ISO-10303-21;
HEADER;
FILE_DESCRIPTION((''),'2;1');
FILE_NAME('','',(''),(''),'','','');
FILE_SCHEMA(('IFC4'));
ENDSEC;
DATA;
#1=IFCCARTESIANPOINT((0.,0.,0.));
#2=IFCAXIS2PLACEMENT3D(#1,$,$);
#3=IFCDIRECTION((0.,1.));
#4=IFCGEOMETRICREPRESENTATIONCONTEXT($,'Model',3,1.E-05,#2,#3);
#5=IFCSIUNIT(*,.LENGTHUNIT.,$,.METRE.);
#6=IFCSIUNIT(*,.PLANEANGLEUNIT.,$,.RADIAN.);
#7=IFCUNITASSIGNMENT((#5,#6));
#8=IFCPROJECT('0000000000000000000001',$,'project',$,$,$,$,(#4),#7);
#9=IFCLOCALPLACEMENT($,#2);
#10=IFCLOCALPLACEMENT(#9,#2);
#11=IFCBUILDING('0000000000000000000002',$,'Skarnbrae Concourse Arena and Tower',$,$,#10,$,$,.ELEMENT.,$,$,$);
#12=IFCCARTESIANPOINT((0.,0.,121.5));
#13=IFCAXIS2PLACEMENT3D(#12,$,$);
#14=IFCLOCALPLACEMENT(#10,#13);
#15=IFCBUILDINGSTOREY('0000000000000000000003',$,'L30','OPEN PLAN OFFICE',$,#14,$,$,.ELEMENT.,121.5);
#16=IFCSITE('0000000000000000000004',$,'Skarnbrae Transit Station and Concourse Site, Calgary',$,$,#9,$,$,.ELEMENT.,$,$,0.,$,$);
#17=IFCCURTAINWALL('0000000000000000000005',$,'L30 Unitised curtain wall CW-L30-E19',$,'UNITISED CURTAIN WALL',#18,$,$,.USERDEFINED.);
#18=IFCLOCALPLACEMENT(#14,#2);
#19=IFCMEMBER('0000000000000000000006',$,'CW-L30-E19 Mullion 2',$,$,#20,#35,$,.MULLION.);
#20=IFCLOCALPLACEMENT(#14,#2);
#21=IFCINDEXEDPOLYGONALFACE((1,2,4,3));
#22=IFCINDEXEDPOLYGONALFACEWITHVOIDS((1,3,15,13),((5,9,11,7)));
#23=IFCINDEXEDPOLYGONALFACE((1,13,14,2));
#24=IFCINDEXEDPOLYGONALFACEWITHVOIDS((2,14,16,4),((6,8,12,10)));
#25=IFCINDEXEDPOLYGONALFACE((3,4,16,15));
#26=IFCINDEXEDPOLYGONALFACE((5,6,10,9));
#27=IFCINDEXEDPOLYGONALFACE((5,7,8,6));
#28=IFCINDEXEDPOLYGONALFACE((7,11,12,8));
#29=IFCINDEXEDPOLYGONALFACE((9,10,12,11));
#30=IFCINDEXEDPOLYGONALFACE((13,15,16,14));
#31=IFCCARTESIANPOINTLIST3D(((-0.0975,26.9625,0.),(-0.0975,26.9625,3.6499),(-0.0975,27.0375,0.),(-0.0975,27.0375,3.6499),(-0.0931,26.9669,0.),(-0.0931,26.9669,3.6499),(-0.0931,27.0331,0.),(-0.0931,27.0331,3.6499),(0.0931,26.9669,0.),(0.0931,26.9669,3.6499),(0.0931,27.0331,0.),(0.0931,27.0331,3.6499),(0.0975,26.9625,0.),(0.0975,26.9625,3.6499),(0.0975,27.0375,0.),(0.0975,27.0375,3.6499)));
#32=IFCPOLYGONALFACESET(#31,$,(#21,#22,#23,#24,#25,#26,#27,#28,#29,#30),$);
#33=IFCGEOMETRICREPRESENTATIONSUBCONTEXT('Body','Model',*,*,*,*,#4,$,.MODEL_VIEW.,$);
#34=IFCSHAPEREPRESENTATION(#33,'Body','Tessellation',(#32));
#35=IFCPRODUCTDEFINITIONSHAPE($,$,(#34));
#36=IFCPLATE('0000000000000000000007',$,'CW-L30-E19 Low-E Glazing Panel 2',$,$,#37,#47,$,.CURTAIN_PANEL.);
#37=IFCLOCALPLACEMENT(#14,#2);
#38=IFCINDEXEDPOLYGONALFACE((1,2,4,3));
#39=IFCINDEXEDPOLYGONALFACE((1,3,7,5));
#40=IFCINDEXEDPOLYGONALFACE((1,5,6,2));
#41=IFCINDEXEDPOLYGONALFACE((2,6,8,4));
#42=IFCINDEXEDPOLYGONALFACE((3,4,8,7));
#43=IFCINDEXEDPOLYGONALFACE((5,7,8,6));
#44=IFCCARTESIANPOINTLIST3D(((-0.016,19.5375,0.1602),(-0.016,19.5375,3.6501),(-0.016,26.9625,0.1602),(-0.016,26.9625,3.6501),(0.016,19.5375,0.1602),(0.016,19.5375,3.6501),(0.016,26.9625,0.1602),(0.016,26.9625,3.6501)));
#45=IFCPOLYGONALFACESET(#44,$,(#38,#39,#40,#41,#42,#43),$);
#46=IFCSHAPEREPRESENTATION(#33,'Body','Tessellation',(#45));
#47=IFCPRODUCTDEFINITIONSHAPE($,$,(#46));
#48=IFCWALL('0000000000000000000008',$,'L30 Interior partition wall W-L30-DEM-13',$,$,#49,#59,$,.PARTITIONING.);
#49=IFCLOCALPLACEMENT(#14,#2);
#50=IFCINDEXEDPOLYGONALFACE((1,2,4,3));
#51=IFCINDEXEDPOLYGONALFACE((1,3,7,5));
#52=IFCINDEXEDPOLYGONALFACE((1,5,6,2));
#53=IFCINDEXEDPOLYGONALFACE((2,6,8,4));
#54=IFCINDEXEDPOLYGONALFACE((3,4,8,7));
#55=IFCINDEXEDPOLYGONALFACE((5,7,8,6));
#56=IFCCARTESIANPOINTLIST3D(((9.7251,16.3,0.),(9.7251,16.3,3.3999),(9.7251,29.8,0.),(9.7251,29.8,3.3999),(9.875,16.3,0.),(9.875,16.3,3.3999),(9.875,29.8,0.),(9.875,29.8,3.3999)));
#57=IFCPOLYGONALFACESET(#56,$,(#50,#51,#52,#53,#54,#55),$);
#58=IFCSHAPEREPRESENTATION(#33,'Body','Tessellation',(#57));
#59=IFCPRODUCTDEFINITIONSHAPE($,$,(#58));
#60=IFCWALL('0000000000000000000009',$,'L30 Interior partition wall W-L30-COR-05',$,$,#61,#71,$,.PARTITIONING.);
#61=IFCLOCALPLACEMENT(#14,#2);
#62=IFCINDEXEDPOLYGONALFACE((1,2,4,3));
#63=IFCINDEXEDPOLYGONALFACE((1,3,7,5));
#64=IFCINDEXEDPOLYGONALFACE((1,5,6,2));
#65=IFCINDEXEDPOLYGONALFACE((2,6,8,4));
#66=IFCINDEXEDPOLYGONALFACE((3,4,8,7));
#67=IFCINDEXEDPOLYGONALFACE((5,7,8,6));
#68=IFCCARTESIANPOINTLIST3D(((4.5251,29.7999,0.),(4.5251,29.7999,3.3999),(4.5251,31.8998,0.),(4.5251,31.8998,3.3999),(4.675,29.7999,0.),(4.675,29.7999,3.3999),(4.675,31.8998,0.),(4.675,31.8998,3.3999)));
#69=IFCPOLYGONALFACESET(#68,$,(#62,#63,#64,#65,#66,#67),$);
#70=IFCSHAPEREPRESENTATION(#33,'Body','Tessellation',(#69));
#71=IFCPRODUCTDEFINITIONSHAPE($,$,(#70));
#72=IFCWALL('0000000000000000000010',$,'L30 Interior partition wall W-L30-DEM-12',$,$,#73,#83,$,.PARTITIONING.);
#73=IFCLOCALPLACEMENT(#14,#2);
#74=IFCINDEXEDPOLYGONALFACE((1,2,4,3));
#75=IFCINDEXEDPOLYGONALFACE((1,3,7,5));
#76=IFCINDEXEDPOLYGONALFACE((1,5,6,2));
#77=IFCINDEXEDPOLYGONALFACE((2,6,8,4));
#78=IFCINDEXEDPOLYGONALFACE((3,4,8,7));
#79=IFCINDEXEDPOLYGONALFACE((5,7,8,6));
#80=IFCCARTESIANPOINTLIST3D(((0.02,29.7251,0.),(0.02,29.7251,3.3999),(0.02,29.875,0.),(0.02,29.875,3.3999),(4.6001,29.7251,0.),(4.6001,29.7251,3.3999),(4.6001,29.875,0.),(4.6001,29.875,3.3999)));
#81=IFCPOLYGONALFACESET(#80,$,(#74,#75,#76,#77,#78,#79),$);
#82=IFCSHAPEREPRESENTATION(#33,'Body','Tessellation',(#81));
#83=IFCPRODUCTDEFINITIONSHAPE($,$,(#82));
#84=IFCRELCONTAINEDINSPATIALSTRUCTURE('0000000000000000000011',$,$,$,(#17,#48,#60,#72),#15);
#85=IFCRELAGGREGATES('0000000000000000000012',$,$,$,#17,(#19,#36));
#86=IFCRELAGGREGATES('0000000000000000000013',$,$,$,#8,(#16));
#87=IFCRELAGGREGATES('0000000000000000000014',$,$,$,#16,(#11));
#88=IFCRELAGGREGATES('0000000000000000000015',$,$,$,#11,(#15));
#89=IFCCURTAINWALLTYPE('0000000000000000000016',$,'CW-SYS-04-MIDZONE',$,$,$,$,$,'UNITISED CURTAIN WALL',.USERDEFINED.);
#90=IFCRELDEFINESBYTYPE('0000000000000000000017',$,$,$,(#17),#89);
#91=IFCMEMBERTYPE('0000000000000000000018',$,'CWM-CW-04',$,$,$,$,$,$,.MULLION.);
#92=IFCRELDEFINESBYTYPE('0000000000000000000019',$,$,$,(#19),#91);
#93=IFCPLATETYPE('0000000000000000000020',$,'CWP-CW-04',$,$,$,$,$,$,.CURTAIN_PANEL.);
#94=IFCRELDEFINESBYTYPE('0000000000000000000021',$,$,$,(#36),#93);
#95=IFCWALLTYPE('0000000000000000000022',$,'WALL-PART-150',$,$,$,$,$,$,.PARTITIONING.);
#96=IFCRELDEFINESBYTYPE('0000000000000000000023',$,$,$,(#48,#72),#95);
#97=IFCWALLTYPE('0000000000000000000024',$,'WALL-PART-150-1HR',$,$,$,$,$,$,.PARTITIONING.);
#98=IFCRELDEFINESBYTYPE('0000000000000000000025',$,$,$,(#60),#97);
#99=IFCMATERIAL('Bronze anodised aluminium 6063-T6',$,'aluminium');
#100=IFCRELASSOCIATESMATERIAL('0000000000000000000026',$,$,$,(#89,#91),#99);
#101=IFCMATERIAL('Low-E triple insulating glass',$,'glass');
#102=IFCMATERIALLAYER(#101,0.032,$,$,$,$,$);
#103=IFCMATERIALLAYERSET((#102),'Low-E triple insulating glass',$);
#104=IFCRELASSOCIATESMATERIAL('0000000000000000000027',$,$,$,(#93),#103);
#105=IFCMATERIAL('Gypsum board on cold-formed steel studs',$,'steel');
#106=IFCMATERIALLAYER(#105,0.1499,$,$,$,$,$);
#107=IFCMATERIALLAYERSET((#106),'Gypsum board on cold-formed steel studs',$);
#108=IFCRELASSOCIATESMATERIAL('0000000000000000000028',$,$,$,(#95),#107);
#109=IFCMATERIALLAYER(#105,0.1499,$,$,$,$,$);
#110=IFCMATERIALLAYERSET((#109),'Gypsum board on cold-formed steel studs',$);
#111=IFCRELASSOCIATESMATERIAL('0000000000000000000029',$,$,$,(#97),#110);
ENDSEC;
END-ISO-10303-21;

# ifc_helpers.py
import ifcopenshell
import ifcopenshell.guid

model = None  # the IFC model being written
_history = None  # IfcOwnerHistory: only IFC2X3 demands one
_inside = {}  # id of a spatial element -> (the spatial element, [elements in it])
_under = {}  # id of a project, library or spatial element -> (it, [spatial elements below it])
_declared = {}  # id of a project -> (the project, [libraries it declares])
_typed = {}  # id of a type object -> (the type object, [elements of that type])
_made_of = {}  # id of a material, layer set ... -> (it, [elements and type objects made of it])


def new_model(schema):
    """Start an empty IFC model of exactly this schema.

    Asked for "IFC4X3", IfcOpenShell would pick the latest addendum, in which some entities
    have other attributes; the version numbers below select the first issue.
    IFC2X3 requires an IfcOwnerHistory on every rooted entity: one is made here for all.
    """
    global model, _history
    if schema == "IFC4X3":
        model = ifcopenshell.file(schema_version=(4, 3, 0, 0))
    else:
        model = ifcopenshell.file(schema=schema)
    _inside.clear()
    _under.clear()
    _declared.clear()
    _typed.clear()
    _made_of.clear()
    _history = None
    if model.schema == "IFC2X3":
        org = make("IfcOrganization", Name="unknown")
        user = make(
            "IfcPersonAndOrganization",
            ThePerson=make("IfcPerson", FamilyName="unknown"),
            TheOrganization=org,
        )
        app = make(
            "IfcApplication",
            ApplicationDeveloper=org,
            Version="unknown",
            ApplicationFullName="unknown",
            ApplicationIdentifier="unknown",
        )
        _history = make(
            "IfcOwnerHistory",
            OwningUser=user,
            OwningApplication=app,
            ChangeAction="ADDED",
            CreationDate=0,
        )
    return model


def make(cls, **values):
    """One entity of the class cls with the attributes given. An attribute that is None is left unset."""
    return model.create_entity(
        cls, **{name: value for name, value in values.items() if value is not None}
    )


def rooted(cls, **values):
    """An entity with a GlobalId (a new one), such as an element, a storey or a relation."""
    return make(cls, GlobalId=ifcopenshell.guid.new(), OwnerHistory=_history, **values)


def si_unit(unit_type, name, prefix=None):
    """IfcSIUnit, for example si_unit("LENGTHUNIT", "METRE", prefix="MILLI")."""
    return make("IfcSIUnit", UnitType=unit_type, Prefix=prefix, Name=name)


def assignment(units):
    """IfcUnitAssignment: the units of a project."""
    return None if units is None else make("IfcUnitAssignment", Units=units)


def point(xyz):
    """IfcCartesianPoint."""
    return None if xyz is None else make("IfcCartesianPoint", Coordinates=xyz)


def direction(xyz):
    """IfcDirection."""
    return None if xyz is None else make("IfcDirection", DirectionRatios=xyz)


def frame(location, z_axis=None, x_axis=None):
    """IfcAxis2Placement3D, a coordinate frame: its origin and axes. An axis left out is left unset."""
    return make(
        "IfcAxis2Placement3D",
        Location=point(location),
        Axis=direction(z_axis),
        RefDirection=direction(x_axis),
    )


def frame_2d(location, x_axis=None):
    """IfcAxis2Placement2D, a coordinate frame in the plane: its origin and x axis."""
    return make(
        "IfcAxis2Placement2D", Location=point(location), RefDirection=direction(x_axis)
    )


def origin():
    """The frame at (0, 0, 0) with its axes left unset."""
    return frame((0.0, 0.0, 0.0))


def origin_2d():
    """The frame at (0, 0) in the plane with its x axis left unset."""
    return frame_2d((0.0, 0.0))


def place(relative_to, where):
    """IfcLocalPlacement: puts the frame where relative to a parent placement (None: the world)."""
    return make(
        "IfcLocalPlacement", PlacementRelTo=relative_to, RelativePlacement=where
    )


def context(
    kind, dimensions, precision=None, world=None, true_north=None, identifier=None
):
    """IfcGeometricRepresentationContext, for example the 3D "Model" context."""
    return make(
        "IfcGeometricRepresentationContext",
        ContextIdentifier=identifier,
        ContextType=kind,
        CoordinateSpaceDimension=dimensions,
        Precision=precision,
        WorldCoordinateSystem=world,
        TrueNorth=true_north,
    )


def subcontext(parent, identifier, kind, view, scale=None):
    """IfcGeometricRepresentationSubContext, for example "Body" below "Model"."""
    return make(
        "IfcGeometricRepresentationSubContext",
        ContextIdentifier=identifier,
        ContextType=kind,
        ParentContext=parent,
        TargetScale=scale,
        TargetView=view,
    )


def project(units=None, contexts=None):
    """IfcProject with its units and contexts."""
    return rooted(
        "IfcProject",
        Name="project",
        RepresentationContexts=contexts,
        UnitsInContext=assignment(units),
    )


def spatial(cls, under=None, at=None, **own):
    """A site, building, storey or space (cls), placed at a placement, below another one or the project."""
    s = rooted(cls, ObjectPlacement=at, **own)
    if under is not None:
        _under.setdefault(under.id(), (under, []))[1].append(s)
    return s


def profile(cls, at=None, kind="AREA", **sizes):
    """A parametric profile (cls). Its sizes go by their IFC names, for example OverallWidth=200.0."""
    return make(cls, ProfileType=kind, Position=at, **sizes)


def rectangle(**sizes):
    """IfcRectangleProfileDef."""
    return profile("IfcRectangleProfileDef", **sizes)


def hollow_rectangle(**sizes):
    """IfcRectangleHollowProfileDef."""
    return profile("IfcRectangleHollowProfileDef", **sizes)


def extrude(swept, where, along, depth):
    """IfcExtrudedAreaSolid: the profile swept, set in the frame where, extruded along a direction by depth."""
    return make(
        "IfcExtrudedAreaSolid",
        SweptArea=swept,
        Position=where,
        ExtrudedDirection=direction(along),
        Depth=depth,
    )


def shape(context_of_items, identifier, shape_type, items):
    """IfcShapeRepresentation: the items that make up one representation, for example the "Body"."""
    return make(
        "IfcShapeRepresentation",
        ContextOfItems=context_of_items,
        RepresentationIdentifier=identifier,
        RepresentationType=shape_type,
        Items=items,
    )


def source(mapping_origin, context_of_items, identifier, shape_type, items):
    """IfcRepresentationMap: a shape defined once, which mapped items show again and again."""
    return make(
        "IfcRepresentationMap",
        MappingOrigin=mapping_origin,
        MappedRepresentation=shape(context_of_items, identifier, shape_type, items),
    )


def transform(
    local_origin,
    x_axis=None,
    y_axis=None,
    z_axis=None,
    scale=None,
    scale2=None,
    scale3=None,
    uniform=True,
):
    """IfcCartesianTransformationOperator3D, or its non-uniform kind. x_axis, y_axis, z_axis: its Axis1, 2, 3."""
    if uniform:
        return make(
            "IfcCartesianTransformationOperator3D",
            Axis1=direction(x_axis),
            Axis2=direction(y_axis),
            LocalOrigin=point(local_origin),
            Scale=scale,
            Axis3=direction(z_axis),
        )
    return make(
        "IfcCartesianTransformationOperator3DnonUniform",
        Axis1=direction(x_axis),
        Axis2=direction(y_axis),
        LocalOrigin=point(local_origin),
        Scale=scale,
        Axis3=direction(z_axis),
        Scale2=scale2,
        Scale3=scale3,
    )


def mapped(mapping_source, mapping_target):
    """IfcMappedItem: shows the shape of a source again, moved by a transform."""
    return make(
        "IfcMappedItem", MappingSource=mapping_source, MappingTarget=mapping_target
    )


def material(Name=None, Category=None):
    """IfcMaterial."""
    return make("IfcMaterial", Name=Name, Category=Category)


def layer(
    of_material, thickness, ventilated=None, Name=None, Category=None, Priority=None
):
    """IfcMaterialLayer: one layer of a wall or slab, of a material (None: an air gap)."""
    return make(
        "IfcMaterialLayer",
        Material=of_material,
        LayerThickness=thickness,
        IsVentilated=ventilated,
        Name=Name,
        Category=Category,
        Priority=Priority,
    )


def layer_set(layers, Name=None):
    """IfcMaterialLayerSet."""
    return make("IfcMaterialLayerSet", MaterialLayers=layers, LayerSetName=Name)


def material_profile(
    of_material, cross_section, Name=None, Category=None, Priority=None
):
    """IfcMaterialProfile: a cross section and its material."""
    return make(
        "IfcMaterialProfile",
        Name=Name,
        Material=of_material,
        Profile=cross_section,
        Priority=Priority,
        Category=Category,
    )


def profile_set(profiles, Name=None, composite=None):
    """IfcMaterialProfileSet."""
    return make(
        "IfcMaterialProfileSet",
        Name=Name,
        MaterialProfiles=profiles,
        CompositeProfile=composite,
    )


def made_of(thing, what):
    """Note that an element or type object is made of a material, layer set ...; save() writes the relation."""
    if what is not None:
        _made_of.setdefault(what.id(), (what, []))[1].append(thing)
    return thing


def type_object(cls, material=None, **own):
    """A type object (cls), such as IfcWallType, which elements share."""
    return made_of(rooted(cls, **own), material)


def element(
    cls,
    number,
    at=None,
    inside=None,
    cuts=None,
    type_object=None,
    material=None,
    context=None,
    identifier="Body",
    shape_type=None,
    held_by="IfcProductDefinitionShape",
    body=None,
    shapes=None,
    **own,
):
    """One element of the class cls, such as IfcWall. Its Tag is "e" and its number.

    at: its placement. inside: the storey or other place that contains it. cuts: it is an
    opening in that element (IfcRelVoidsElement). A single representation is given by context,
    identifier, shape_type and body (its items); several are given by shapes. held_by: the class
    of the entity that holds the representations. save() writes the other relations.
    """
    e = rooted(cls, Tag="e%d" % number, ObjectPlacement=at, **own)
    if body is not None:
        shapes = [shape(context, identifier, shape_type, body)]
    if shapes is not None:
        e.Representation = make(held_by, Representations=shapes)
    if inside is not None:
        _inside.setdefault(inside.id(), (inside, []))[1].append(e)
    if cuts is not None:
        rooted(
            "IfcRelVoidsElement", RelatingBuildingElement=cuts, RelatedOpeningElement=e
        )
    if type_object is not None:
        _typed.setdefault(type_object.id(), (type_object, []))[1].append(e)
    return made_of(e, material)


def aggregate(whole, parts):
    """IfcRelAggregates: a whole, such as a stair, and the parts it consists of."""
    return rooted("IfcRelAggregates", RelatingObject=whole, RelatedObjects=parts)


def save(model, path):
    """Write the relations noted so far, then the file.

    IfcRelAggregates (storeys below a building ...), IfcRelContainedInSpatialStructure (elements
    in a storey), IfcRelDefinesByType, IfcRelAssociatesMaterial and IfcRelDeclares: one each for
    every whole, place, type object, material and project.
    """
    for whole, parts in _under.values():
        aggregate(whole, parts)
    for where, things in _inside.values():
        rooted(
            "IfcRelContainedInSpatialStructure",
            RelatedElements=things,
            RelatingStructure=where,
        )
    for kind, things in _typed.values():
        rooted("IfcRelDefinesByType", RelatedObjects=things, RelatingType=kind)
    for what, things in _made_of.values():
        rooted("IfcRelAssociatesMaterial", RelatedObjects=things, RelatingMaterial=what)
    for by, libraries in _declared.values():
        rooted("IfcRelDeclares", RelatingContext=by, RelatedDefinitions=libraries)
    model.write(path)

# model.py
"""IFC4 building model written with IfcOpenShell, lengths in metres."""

from ifc_helpers import new_model, si_unit, direction, frame, frame_2d, origin, origin_2d, place, context, subcontext, project, spatial, rectangle, hollow_rectangle, extrude, source, transform, mapped, material, layer, layer_set, material_profile, profile_set, type_object, element, aggregate, save


model = new_model("IFC4")

# Units and contexts
model_context = context("Model", 3, precision=1e-05, world=origin(), true_north=direction((0.0, 1.0)))
body_context = subcontext(model_context, "Body", "Model", "MODEL_VIEW")
ifc_project = project(units=[si_unit("LENGTHUNIT", "METRE"), si_unit("PLANEANGLEUNIT", "RADIAN")], contexts=[model_context])

# Site, building, storey
site_placement = place(None, origin())
site = spatial("IfcSite", under=ifc_project, at=site_placement, Name="Skarnbrae Transit Station and Concourse Site, Calgary", CompositionType="ELEMENT", RefElevation=0.0)
building_placement = place(site_placement, origin())
building = spatial("IfcBuilding", under=site, at=building_placement, Name="Skarnbrae Concourse Arena and Tower", CompositionType="ELEMENT")
storey_placement = place(building_placement, frame((0.0, 0.0, 121.5)))
storey = spatial("IfcBuildingStorey", under=building, at=storey_placement, Name="L30", Description="OPEN PLAN OFFICE", CompositionType="ELEMENT", Elevation=121.5)

# Curtain wall, member, plate
ifc_material_1 = material(Name="Bronze anodised aluminium 6063-T6", Category="aluminium")
curtain_wall_type = type_object("IfcCurtainWallType", Name="CW-SYS-04-MIDZONE", ElementType="UNITISED CURTAIN WALL", PredefinedType="USERDEFINED", material=ifc_material_1)
curtain_wall_placement = place(storey_placement, origin())
curtain_wall = element("IfcCurtainWall", 1, at=curtain_wall_placement, inside=storey, type_object=curtain_wall_type, Name="L30 Unitised curtain wall CW-L30-E19", ObjectType="UNITISED CURTAIN WALL", PredefinedType="USERDEFINED")
ifc_material_profile_1 = material_profile(ifc_material_1, hollow_rectangle(XDim=0.075, YDim=0.1951, WallThickness=0.0044, at=origin_2d()), Name="ALU-MULL-75X195")
ifc_profile_set_1 = profile_set([ifc_material_profile_1], Name="Bronze anodised aluminium 6063-T6")
member_type_1 = type_object("IfcMemberType", Name="CWM-CW-04", PredefinedType="MULLION", material=ifc_profile_set_1)
shared_shape_1 = source(origin(), body_context, "Body", "SweptSolid", [
    extrude(hollow_rectangle(XDim=0.075, YDim=0.1951, WallThickness=0.0044, at=origin_2d()), origin(), (0.0, 0.0, 1.0), 3.6499),
])
member_1_placement = place(storey_placement, frame((0.0, 27.0, 0.0), z_axis=(0.0, 0.0, 1.0), x_axis=(0.0, -1.0, 0.0)))
member_1 = element("IfcMember", 2, at=member_1_placement, type_object=member_type_1, Name="CW-L30-E19 Mullion 2", PredefinedType="MULLION", context=body_context, shape_type="MappedRepresentation", body=[
    mapped(shared_shape_1, transform((0.0, 0.0, 0.0))),
])
ifc_material_2 = material(Name="Low-E triple insulating glass", Category="glass")
ifc_layer_1 = layer(ifc_material_2, 0.032)
ifc_layer_set_1 = layer_set([ifc_layer_1], Name="Low-E triple insulating glass")
plate_type = type_object("IfcPlateType", Name="CWP-CW-04", PredefinedType="CURTAIN_PANEL", material=ifc_layer_set_1)
shared_shape_2 = source(origin(), body_context, "Body", "SweptSolid", [
    extrude(rectangle(XDim=7.425, YDim=0.032, at=origin_2d()), origin(), (0.0, 0.0, 1.0), 3.49),
])
plate_placement = place(storey_placement, frame((0.0, 23.25, 0.1602), z_axis=(0.0, 0.0, 1.0), x_axis=(0.0, -1.0, 0.0)))
plate = element("IfcPlate", 3, at=plate_placement, type_object=plate_type, Name="CW-L30-E19 Low-E Glazing Panel 2", PredefinedType="CURTAIN_PANEL", context=body_context, shape_type="MappedRepresentation", body=[
    mapped(shared_shape_2, transform((0.0, 0.0, 0.0))),
])
aggregate(curtain_wall, [member_1, plate])

# Walls
ifc_material_3 = material(Name="Gypsum board on cold-formed steel studs", Category="steel")
ifc_layer_2 = layer(ifc_material_3, 0.1499)
ifc_layer_set_2 = layer_set([ifc_layer_2], Name="Gypsum board on cold-formed steel studs")
wall_type_1 = type_object("IfcWallType", Name="WALL-PART-150", PredefinedType="PARTITIONING", material=ifc_layer_set_2)
shared_shape_3 = source(origin(), body_context, "Body", "SweptSolid", [
    extrude(rectangle(XDim=13.5, YDim=0.1499, at=frame_2d((6.75, 0.0))), origin(), (0.0, 0.0, 1.0), 3.3999),
])
wall_1_placement = place(storey_placement, frame((9.8, 29.8, 0.0), z_axis=(0.0, 0.0, 1.0), x_axis=(0.0, -1.0, 0.0)))
element("IfcWall", 4, at=wall_1_placement, inside=storey, type_object=wall_type_1, Name="L30 Interior partition wall W-L30-DEM-13", PredefinedType="PARTITIONING", context=body_context, shape_type="MappedRepresentation", body=[
    mapped(shared_shape_3, transform((0.0, 0.0, 0.0))),
])
ifc_layer_3 = layer(ifc_material_3, 0.1499)
ifc_layer_set_3 = layer_set([ifc_layer_3], Name="Gypsum board on cold-formed steel studs")
wall_type_2 = type_object("IfcWallType", Name="WALL-PART-150-1HR", PredefinedType="PARTITIONING", material=ifc_layer_set_3)
shared_shape_4 = source(origin(), body_context, "Body", "SweptSolid", [
    extrude(rectangle(XDim=2.0999, YDim=0.1499, at=frame_2d((1.0498, 0.0))), origin(), (0.0, 0.0, 1.0), 3.3999),
])
wall_2_placement = place(storey_placement, frame((4.6001, 29.8, 0.0), z_axis=(0.0, 0.0, 1.0), x_axis=(0.0, 1.0, 0.0)))
element("IfcWall", 5, at=wall_2_placement, inside=storey, type_object=wall_type_2, Name="L30 Interior partition wall W-L30-COR-05", PredefinedType="PARTITIONING", context=body_context, shape_type="MappedRepresentation", body=[
    mapped(shared_shape_4, transform((0.0, 0.0, 0.0))),
])
shared_shape_5 = source(origin(), body_context, "Body", "SweptSolid", [
    extrude(rectangle(XDim=4.5801, YDim=0.1499, at=frame_2d((2.29, 0.0))), origin(), (0.0, 0.0, 1.0), 3.3999),
])
wall_3_placement = place(storey_placement, frame((0.02, 29.8, 0.0), z_axis=(0.0, 0.0, 1.0), x_axis=(1.0, 0.0, 0.0)))
element("IfcWall", 6, at=wall_3_placement, inside=storey, type_object=wall_type_1, Name="L30 Interior partition wall W-L30-DEM-12", PredefinedType="PARTITIONING", context=body_context, shape_type="MappedRepresentation", body=[
    mapped(shared_shape_5, transform((0.0, 0.0, 0.0))),
])

save(model, "model.ifc")
